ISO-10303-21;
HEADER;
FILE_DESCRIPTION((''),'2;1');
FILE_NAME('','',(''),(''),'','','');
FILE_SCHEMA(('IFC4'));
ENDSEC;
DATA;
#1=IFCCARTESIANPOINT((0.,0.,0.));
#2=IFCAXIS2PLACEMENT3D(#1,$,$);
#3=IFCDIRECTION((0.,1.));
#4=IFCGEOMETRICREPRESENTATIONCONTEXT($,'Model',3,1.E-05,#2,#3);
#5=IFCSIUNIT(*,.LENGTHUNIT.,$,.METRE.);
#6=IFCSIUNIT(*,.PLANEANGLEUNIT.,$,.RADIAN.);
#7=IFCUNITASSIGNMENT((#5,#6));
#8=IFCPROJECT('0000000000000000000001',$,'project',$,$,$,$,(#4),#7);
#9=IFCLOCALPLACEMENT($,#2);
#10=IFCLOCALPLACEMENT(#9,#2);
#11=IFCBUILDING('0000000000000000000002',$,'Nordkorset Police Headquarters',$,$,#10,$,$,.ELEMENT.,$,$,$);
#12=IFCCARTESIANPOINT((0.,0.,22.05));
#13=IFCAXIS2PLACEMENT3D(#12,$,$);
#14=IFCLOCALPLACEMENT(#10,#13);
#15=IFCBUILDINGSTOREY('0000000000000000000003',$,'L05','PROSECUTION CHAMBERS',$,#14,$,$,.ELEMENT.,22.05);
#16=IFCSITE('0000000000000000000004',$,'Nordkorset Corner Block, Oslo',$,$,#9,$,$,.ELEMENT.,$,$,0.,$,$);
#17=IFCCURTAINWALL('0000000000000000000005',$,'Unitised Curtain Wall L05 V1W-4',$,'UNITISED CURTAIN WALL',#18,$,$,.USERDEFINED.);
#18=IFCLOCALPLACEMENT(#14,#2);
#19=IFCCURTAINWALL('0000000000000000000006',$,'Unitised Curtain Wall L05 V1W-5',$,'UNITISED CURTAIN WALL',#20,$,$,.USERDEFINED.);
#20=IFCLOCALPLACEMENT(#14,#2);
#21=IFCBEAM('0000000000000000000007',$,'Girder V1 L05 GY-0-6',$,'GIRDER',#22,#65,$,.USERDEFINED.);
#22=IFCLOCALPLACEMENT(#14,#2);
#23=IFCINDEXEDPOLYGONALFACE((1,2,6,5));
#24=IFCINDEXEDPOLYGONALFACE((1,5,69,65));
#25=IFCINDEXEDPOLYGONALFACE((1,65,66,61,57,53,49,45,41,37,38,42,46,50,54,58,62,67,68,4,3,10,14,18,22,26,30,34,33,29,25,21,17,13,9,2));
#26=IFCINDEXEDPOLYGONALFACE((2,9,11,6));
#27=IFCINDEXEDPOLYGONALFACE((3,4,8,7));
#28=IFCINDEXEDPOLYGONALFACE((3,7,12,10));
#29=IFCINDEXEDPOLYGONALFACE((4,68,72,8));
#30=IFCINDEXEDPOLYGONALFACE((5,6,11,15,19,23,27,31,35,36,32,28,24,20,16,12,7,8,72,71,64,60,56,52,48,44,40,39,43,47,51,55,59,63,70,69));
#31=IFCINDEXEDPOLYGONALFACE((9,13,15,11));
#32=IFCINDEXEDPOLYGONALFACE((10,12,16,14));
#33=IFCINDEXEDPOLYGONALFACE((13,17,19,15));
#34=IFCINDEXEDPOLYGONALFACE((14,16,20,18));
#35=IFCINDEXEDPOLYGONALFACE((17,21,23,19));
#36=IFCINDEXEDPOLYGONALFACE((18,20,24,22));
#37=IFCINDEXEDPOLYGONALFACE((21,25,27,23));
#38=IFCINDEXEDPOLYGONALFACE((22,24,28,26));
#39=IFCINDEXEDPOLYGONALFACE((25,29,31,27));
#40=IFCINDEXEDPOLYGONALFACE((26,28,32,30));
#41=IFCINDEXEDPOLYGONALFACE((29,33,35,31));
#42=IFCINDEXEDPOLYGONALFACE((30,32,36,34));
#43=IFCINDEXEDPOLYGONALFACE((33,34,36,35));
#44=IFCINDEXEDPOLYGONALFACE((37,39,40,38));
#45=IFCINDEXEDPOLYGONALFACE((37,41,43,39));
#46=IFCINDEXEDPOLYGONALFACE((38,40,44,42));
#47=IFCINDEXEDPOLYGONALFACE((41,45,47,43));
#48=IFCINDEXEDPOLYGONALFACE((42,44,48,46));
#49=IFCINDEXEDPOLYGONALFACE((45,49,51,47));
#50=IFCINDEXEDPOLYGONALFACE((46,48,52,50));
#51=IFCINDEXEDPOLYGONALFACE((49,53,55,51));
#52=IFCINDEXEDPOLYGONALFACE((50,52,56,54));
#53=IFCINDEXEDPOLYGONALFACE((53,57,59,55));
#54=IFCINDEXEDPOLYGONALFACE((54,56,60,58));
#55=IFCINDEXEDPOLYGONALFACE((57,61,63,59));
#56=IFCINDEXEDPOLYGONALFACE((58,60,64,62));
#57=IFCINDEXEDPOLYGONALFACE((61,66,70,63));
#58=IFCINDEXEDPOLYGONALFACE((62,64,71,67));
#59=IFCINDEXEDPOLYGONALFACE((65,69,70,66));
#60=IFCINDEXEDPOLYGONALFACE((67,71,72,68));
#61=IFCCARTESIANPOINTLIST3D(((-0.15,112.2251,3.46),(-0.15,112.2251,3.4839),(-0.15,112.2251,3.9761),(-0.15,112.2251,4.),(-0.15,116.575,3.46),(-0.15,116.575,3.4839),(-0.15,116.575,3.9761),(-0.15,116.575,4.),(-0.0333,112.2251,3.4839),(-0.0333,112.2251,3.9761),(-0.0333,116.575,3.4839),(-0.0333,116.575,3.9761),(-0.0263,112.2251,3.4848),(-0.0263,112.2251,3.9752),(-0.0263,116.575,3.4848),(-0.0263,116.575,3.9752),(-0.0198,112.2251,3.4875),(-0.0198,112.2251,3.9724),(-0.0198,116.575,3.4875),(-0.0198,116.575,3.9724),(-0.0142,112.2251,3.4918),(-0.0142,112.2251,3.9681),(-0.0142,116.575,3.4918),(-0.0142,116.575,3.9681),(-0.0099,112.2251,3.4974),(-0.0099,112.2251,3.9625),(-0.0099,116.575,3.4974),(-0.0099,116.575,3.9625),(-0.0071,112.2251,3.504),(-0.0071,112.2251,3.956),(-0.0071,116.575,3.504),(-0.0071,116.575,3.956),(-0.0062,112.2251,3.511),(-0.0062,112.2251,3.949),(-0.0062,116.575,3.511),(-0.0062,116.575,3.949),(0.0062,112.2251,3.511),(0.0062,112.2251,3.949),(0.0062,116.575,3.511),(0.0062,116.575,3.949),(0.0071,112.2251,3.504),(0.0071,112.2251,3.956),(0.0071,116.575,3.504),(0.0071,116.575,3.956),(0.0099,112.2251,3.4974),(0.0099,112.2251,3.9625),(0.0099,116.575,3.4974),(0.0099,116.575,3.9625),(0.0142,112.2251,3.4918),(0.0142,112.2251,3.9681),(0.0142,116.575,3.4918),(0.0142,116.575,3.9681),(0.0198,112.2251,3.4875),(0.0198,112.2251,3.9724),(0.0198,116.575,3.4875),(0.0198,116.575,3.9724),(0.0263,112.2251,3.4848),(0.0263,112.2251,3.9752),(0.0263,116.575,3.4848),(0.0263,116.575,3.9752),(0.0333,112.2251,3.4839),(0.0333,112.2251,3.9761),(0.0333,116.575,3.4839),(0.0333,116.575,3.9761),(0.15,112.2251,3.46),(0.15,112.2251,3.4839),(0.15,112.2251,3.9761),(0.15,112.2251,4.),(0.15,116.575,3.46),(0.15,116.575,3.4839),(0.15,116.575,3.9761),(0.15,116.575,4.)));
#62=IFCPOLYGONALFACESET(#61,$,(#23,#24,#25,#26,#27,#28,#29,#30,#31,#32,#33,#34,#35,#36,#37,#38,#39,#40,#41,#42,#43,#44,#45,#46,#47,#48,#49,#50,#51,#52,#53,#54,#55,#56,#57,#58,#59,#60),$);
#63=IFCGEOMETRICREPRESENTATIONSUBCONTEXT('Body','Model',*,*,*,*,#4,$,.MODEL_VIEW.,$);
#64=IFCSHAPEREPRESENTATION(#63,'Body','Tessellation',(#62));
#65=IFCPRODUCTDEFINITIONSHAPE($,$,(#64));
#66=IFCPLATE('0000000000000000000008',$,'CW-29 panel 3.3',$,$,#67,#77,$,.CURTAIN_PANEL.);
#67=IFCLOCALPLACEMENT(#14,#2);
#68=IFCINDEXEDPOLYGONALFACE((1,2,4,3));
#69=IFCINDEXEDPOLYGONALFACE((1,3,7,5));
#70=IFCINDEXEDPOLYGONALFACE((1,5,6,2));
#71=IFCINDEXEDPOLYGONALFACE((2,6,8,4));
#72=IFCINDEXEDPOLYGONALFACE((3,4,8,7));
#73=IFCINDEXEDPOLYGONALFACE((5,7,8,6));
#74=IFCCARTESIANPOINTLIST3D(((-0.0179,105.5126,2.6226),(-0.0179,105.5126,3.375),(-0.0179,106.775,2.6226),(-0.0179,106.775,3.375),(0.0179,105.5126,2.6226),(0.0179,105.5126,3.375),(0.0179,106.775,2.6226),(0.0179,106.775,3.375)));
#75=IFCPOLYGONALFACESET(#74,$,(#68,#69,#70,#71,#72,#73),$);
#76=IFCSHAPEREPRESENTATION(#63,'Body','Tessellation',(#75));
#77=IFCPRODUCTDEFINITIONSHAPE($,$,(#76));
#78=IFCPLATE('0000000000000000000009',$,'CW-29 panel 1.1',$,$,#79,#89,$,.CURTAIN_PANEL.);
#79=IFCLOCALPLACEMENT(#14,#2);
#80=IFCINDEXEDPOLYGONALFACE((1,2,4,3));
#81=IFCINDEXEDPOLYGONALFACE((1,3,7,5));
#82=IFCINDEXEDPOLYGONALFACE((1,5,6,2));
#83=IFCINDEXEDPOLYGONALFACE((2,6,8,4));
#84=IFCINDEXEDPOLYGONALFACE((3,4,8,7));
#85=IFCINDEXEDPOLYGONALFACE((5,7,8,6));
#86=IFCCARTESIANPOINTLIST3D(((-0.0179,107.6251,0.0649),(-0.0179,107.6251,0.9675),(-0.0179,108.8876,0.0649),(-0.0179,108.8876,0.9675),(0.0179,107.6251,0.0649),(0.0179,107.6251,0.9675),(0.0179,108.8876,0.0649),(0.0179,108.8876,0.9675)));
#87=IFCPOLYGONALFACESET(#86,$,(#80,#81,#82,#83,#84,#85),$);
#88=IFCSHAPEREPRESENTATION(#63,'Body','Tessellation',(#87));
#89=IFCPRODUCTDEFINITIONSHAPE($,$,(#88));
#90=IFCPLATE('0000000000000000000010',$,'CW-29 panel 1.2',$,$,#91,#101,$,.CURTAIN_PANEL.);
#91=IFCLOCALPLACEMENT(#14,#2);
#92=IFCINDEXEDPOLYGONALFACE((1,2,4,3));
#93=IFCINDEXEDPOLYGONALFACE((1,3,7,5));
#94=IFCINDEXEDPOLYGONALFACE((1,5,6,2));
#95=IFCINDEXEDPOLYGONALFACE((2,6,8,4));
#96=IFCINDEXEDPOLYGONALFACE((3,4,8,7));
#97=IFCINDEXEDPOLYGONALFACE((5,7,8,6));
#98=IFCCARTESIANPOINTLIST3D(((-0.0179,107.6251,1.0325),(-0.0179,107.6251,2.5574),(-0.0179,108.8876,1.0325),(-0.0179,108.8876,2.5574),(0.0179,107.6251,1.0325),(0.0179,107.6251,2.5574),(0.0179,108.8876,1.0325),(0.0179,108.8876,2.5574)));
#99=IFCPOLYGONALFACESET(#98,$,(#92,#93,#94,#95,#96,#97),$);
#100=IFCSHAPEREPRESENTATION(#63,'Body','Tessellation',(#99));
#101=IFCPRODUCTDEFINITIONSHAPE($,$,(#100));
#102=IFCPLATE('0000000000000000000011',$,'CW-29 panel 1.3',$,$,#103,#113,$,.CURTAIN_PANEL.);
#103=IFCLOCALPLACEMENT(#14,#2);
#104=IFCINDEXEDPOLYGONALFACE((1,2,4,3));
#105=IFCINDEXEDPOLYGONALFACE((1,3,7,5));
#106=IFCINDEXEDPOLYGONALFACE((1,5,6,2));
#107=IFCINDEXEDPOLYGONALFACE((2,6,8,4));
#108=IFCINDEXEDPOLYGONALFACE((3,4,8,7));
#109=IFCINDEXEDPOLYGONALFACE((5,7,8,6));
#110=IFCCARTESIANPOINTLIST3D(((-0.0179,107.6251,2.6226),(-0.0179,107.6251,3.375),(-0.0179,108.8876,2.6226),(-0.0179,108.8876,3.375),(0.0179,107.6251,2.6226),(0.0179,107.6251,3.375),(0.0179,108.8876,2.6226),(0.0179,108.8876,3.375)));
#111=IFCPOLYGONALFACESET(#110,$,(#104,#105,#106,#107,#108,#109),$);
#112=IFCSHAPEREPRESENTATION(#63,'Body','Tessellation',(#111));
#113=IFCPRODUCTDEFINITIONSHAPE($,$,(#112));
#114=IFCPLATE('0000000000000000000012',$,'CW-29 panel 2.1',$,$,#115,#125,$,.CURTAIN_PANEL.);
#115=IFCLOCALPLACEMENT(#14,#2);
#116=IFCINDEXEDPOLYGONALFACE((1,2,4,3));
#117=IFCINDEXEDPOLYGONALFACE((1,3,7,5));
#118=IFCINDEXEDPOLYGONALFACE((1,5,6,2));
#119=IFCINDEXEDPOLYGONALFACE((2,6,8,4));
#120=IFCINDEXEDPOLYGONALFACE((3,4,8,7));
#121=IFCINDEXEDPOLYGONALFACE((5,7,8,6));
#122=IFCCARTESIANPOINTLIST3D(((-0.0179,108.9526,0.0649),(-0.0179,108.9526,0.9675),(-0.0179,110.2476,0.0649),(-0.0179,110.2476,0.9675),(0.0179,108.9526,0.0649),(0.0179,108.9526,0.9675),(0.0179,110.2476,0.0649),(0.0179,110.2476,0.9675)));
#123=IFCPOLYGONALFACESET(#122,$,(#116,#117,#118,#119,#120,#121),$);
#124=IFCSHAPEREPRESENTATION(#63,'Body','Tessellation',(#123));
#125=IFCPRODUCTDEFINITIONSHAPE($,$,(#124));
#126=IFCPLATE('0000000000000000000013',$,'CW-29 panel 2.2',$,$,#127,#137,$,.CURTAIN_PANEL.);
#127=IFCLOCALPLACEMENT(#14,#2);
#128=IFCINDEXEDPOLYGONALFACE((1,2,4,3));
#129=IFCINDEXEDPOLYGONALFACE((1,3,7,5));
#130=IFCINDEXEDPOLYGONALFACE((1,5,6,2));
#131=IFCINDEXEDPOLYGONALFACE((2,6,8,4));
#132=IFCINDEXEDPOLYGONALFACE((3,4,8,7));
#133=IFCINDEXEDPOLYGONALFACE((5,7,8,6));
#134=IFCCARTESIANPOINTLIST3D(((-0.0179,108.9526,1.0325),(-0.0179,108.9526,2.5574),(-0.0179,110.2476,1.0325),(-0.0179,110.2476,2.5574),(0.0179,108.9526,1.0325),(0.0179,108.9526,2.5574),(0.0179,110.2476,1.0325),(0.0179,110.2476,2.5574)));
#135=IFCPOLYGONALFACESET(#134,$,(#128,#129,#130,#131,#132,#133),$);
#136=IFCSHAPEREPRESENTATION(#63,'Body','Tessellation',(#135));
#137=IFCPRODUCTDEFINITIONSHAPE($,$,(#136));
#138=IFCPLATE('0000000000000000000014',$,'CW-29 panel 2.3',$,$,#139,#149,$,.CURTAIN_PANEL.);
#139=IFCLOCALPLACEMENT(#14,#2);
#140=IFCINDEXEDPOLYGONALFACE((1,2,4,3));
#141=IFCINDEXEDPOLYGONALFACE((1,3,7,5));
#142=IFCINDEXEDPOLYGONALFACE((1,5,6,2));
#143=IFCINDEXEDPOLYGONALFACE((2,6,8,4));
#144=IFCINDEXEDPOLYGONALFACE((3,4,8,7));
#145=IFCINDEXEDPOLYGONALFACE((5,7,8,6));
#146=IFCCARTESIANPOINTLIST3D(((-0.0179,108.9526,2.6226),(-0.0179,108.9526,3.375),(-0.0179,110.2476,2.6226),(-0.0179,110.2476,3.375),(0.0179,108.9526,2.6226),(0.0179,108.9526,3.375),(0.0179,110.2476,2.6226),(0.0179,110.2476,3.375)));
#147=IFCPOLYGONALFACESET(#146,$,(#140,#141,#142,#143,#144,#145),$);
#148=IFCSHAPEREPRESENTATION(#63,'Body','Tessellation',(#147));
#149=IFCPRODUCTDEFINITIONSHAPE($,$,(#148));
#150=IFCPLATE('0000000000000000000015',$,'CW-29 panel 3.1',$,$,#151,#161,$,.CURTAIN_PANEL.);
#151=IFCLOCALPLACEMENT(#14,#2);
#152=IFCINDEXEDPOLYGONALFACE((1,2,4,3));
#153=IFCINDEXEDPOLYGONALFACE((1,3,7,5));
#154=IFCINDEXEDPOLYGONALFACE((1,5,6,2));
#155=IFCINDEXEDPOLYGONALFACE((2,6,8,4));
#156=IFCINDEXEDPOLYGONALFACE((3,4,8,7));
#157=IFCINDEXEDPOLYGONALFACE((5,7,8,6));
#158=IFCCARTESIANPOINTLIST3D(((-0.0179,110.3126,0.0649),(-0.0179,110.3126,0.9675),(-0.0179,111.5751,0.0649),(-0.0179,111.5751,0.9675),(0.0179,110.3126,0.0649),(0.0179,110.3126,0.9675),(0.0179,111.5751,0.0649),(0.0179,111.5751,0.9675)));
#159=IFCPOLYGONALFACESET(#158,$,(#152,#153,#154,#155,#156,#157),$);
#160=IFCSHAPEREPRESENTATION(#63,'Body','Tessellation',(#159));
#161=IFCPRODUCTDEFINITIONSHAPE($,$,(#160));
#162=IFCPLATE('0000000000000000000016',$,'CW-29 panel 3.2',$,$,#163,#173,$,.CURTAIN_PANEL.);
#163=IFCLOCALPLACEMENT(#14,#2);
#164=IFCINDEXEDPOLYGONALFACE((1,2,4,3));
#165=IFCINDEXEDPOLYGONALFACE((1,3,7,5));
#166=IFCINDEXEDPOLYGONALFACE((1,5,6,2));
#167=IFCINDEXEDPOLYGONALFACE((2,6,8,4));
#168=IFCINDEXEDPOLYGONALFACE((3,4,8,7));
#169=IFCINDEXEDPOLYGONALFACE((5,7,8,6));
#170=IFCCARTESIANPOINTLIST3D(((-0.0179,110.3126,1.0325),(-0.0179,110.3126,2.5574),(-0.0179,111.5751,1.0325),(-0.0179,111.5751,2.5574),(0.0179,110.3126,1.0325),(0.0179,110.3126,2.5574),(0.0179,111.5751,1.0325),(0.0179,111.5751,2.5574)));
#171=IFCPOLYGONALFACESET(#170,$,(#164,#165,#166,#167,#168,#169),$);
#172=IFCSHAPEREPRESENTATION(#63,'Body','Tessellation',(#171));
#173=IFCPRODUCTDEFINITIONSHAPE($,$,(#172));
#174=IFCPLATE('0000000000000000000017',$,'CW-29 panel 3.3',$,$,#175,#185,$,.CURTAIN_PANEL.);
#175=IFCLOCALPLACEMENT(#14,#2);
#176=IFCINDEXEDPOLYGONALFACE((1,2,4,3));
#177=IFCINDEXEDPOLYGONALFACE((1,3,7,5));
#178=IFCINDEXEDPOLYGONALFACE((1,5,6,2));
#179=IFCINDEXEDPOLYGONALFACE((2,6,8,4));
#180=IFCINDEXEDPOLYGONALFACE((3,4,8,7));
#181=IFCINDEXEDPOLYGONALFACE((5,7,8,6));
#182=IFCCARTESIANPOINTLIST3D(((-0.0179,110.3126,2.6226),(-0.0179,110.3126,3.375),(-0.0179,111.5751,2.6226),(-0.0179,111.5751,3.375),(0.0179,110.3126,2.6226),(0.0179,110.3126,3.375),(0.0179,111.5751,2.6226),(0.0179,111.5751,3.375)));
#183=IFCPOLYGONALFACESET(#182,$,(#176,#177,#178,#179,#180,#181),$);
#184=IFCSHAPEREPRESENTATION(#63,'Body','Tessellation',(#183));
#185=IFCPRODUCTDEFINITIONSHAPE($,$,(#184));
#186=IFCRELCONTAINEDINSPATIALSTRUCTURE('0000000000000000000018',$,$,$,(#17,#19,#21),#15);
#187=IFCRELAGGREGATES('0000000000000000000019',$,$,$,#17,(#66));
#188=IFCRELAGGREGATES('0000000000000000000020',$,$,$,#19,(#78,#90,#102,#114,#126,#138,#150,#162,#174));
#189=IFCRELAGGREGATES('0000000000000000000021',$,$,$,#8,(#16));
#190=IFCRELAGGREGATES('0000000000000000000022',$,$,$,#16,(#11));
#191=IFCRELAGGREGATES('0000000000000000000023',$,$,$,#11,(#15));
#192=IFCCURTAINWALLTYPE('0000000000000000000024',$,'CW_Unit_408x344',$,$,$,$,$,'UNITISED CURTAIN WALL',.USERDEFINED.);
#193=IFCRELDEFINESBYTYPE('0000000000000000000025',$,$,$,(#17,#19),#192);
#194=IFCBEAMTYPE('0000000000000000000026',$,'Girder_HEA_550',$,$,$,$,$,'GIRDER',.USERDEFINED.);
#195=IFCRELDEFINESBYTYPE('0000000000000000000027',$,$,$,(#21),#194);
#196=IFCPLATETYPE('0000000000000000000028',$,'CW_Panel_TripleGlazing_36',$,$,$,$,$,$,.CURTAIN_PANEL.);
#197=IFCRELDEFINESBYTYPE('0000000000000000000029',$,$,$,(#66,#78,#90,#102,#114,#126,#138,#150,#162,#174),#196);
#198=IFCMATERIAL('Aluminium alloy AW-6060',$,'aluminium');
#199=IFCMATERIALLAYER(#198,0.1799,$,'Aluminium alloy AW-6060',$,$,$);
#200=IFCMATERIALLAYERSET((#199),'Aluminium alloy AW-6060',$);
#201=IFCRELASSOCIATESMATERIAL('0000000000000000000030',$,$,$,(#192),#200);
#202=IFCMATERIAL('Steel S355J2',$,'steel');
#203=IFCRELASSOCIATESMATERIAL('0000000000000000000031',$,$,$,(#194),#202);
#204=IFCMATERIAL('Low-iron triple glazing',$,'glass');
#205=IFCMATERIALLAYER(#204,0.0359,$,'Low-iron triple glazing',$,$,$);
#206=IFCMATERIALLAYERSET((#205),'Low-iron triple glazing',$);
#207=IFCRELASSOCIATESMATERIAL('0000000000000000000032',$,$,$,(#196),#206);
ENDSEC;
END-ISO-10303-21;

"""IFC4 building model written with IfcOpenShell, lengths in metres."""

from ifc_helpers import new_model, si_unit, direction, frame, origin, origin_2d, place, context, subcontext, project, spatial, rectangle, i_section, extrude, material, layer, layer_set, material_profile, profile_set, type_object, element, aggregate, save


model = new_model("IFC4")

# Units and contexts
model_context = context("Model", 3, precision=1e-05, world=origin(), true_north=direction((0.0, 1.0)))
body_context = subcontext(model_context, "Body", "Model", "MODEL_VIEW")
ifc_project = project(units=[si_unit("LENGTHUNIT", "METRE"), si_unit("PLANEANGLEUNIT", "RADIAN")], contexts=[model_context])

# Site, building, storey
site_placement = place(None, origin())
site = spatial("IfcSite", under=ifc_project, at=site_placement, Name="Nordkorset Corner Block, Oslo", CompositionType="ELEMENT", RefElevation=0.0)
building_placement = place(site_placement, origin())
building = spatial("IfcBuilding", under=site, at=building_placement, Name="Nordkorset Police Headquarters", CompositionType="ELEMENT")
storey_placement = place(building_placement, frame((0.0, 0.0, 22.05)))
storey = spatial("IfcBuildingStorey", under=building, at=storey_placement, Name="L05", Description="PROSECUTION CHAMBERS", CompositionType="ELEMENT", Elevation=22.05)

# Curtain wall
ifc_material_1 = material(Name="Aluminium alloy AW-6060", Category="aluminium")
ifc_layer_1 = layer(ifc_material_1, 0.1799, Name="Aluminium alloy AW-6060")
ifc_layer_set_1 = layer_set([ifc_layer_1], Name="Aluminium alloy AW-6060")
curtain_wall_type = type_object("IfcCurtainWallType", Name="CW_Unit_408x344", ElementType="UNITISED CURTAIN WALL", PredefinedType="USERDEFINED", material=ifc_layer_set_1)
curtain_wall_1_placement = place(storey_placement, origin())
curtain_wall_1 = element("IfcCurtainWall", 1, at=curtain_wall_1_placement, inside=storey, type_object=curtain_wall_type, Name="Unitised Curtain Wall L05 V1W-4", ObjectType="UNITISED CURTAIN WALL", PredefinedType="USERDEFINED")

# Curtain wall
curtain_wall_2_placement = place(storey_placement, origin())
curtain_wall_2 = element("IfcCurtainWall", 2, at=curtain_wall_2_placement, inside=storey, type_object=curtain_wall_type, Name="Unitised Curtain Wall L05 V1W-5", ObjectType="UNITISED CURTAIN WALL", PredefinedType="USERDEFINED")

# Beam
ifc_material_2 = material(Name="Steel S355J2", Category="steel")
ifc_material_profile_1 = material_profile(ifc_material_2, i_section(OverallWidth=0.3, OverallDepth=0.54, WebThickness=0.0125, FlangeThickness=0.0239, FilletRadius=0.0271, at=origin_2d()), Name="HEA 550")
ifc_profile_set_1 = profile_set([ifc_material_profile_1], Name="Steel S355J2")
beam_type = type_object("IfcBeamType", Name="Girder_HEA_550", ElementType="GIRDER", PredefinedType="USERDEFINED", material=ifc_profile_set_1)
for number, where, z_axis, x_axis, name in (
    (3, (0.0, 112.2251, 3.73), (0.0, 1.0, 0.0), (-1.0, 0.0, 0.0), "Girder V1 L05 GY-0-6"),
):
    element("IfcBeam", number, at=place(storey_placement, frame(where, z_axis=z_axis, x_axis=x_axis)), inside=storey, type_object=beam_type, Name=name, ObjectType="GIRDER", PredefinedType="USERDEFINED", context=body_context, shape_type="SweptSolid", body=[
        extrude(i_section(OverallWidth=0.3, OverallDepth=0.54, WebThickness=0.0125, FlangeThickness=0.0239, FilletRadius=0.0271, at=origin_2d()), origin(), (0.0, 0.0, 1.0), 4.3499),
    ])

# Plates
ifc_material_3 = material(Name="Low-iron triple glazing", Category="glass")
ifc_layer_2 = layer(ifc_material_3, 0.0359, Name="Low-iron triple glazing")
ifc_layer_set_2 = layer_set([ifc_layer_2], Name="Low-iron triple glazing")
plate_type = type_object("IfcPlateType", Name="CW_Panel_TripleGlazing_36", PredefinedType="CURTAIN_PANEL", material=ifc_layer_set_2)
plate_1_placement = place(storey_placement, frame((0.0, 106.1438, 2.6226), z_axis=(0.0, 0.0, 1.0), x_axis=(0.0, 1.0, 0.0)))
plate_1 = element("IfcPlate", 4, at=plate_1_placement, type_object=plate_type, Name="CW-29 panel 3.3", PredefinedType="CURTAIN_PANEL", context=body_context, shape_type="SweptSolid", body=[
    extrude(rectangle(XDim=1.2625, YDim=0.0359, at=origin_2d()), origin(), (0.0, 0.0, 1.0), 0.7524),
])
aggregate(curtain_wall_1, [plate_1])
plate_2_placement = place(storey_placement, frame((0.0, 108.2563, 0.0649), z_axis=(0.0, 0.0, 1.0), x_axis=(0.0, 1.0, 0.0)))
plate_2 = element("IfcPlate", 5, at=plate_2_placement, type_object=plate_type, Name="CW-29 panel 1.1", PredefinedType="CURTAIN_PANEL", context=body_context, shape_type="SweptSolid", body=[
    extrude(rectangle(XDim=1.2625, YDim=0.0359, at=origin_2d()), origin(), (0.0, 0.0, 1.0), 0.9026),
])
plate_3_placement = place(storey_placement, frame((0.0, 108.2563, 1.0325), z_axis=(0.0, 0.0, 1.0), x_axis=(0.0, 1.0, 0.0)))
plate_3 = element("IfcPlate", 6, at=plate_3_placement, type_object=plate_type, Name="CW-29 panel 1.2", PredefinedType="CURTAIN_PANEL", context=body_context, shape_type="SweptSolid", body=[
    extrude(rectangle(XDim=1.2625, YDim=0.0359, at=origin_2d()), origin(), (0.0, 0.0, 1.0), 1.5249),
])
plate_4_placement = place(storey_placement, frame((0.0, 108.2563, 2.6226), z_axis=(0.0, 0.0, 1.0), x_axis=(0.0, 1.0, 0.0)))
plate_4 = element("IfcPlate", 7, at=plate_4_placement, type_object=plate_type, Name="CW-29 panel 1.3", PredefinedType="CURTAIN_PANEL", context=body_context, shape_type="SweptSolid", body=[
    extrude(rectangle(XDim=1.2625, YDim=0.0359, at=origin_2d()), origin(), (0.0, 0.0, 1.0), 0.7524),
])
plate_5_placement = place(storey_placement, frame((0.0, 109.6001, 0.0649), z_axis=(0.0, 0.0, 1.0), x_axis=(0.0, 1.0, 0.0)))
plate_5 = element("IfcPlate", 8, at=plate_5_placement, type_object=plate_type, Name="CW-29 panel 2.1", PredefinedType="CURTAIN_PANEL", context=body_context, shape_type="SweptSolid", body=[
    extrude(rectangle(XDim=1.2949, YDim=0.0359, at=origin_2d()), origin(), (0.0, 0.0, 1.0), 0.9026),
])
plate_6_placement = place(storey_placement, frame((0.0, 109.6001, 1.0325), z_axis=(0.0, 0.0, 1.0), x_axis=(0.0, 1.0, 0.0)))
plate_6 = element("IfcPlate", 9, at=plate_6_placement, type_object=plate_type, Name="CW-29 panel 2.2", PredefinedType="CURTAIN_PANEL", context=body_context, shape_type="SweptSolid", body=[
    extrude(rectangle(XDim=1.2949, YDim=0.0359, at=origin_2d()), origin(), (0.0, 0.0, 1.0), 1.5249),
])
plate_7_placement = place(storey_placement, frame((0.0, 109.6001, 2.6226), z_axis=(0.0, 0.0, 1.0), x_axis=(0.0, 1.0, 0.0)))
plate_7 = element("IfcPlate", 10, at=plate_7_placement, type_object=plate_type, Name="CW-29 panel 2.3", PredefinedType="CURTAIN_PANEL", context=body_context, shape_type="SweptSolid", body=[
    extrude(rectangle(XDim=1.2949, YDim=0.0359, at=origin_2d()), origin(), (0.0, 0.0, 1.0), 0.7524),
])
plate_8_placement = place(storey_placement, frame((0.0, 110.9438, 0.0649), z_axis=(0.0, 0.0, 1.0), x_axis=(0.0, 1.0, 0.0)))
plate_8 = element("IfcPlate", 11, at=plate_8_placement, type_object=plate_type, Name="CW-29 panel 3.1", PredefinedType="CURTAIN_PANEL", context=body_context, shape_type="SweptSolid", body=[
    extrude(rectangle(XDim=1.2625, YDim=0.0359, at=origin_2d()), origin(), (0.0, 0.0, 1.0), 0.9026),
])
plate_9_placement = place(storey_placement, frame((0.0, 110.9438, 1.0325), z_axis=(0.0, 0.0, 1.0), x_axis=(0.0, 1.0, 0.0)))
plate_9 = element("IfcPlate", 12, at=plate_9_placement, type_object=plate_type, Name="CW-29 panel 3.2", PredefinedType="CURTAIN_PANEL", context=body_context, shape_type="SweptSolid", body=[
    extrude(rectangle(XDim=1.2625, YDim=0.0359, at=origin_2d()), origin(), (0.0, 0.0, 1.0), 1.5249),
])
plate_10_placement = place(storey_placement, frame((0.0, 110.9438, 2.6226), z_axis=(0.0, 0.0, 1.0), x_axis=(0.0, 1.0, 0.0)))
plate_10 = element("IfcPlate", 13, at=plate_10_placement, type_object=plate_type, Name="CW-29 panel 3.3", PredefinedType="CURTAIN_PANEL", context=body_context, shape_type="SweptSolid", body=[
    extrude(rectangle(XDim=1.2625, YDim=0.0359, at=origin_2d()), origin(), (0.0, 0.0, 1.0), 0.7524),
])
aggregate(curtain_wall_2, [plate_2, plate_3, plate_4, plate_5, plate_6, plate_7, plate_8, plate_9, plate_10])

save(model, "model.ifc")
